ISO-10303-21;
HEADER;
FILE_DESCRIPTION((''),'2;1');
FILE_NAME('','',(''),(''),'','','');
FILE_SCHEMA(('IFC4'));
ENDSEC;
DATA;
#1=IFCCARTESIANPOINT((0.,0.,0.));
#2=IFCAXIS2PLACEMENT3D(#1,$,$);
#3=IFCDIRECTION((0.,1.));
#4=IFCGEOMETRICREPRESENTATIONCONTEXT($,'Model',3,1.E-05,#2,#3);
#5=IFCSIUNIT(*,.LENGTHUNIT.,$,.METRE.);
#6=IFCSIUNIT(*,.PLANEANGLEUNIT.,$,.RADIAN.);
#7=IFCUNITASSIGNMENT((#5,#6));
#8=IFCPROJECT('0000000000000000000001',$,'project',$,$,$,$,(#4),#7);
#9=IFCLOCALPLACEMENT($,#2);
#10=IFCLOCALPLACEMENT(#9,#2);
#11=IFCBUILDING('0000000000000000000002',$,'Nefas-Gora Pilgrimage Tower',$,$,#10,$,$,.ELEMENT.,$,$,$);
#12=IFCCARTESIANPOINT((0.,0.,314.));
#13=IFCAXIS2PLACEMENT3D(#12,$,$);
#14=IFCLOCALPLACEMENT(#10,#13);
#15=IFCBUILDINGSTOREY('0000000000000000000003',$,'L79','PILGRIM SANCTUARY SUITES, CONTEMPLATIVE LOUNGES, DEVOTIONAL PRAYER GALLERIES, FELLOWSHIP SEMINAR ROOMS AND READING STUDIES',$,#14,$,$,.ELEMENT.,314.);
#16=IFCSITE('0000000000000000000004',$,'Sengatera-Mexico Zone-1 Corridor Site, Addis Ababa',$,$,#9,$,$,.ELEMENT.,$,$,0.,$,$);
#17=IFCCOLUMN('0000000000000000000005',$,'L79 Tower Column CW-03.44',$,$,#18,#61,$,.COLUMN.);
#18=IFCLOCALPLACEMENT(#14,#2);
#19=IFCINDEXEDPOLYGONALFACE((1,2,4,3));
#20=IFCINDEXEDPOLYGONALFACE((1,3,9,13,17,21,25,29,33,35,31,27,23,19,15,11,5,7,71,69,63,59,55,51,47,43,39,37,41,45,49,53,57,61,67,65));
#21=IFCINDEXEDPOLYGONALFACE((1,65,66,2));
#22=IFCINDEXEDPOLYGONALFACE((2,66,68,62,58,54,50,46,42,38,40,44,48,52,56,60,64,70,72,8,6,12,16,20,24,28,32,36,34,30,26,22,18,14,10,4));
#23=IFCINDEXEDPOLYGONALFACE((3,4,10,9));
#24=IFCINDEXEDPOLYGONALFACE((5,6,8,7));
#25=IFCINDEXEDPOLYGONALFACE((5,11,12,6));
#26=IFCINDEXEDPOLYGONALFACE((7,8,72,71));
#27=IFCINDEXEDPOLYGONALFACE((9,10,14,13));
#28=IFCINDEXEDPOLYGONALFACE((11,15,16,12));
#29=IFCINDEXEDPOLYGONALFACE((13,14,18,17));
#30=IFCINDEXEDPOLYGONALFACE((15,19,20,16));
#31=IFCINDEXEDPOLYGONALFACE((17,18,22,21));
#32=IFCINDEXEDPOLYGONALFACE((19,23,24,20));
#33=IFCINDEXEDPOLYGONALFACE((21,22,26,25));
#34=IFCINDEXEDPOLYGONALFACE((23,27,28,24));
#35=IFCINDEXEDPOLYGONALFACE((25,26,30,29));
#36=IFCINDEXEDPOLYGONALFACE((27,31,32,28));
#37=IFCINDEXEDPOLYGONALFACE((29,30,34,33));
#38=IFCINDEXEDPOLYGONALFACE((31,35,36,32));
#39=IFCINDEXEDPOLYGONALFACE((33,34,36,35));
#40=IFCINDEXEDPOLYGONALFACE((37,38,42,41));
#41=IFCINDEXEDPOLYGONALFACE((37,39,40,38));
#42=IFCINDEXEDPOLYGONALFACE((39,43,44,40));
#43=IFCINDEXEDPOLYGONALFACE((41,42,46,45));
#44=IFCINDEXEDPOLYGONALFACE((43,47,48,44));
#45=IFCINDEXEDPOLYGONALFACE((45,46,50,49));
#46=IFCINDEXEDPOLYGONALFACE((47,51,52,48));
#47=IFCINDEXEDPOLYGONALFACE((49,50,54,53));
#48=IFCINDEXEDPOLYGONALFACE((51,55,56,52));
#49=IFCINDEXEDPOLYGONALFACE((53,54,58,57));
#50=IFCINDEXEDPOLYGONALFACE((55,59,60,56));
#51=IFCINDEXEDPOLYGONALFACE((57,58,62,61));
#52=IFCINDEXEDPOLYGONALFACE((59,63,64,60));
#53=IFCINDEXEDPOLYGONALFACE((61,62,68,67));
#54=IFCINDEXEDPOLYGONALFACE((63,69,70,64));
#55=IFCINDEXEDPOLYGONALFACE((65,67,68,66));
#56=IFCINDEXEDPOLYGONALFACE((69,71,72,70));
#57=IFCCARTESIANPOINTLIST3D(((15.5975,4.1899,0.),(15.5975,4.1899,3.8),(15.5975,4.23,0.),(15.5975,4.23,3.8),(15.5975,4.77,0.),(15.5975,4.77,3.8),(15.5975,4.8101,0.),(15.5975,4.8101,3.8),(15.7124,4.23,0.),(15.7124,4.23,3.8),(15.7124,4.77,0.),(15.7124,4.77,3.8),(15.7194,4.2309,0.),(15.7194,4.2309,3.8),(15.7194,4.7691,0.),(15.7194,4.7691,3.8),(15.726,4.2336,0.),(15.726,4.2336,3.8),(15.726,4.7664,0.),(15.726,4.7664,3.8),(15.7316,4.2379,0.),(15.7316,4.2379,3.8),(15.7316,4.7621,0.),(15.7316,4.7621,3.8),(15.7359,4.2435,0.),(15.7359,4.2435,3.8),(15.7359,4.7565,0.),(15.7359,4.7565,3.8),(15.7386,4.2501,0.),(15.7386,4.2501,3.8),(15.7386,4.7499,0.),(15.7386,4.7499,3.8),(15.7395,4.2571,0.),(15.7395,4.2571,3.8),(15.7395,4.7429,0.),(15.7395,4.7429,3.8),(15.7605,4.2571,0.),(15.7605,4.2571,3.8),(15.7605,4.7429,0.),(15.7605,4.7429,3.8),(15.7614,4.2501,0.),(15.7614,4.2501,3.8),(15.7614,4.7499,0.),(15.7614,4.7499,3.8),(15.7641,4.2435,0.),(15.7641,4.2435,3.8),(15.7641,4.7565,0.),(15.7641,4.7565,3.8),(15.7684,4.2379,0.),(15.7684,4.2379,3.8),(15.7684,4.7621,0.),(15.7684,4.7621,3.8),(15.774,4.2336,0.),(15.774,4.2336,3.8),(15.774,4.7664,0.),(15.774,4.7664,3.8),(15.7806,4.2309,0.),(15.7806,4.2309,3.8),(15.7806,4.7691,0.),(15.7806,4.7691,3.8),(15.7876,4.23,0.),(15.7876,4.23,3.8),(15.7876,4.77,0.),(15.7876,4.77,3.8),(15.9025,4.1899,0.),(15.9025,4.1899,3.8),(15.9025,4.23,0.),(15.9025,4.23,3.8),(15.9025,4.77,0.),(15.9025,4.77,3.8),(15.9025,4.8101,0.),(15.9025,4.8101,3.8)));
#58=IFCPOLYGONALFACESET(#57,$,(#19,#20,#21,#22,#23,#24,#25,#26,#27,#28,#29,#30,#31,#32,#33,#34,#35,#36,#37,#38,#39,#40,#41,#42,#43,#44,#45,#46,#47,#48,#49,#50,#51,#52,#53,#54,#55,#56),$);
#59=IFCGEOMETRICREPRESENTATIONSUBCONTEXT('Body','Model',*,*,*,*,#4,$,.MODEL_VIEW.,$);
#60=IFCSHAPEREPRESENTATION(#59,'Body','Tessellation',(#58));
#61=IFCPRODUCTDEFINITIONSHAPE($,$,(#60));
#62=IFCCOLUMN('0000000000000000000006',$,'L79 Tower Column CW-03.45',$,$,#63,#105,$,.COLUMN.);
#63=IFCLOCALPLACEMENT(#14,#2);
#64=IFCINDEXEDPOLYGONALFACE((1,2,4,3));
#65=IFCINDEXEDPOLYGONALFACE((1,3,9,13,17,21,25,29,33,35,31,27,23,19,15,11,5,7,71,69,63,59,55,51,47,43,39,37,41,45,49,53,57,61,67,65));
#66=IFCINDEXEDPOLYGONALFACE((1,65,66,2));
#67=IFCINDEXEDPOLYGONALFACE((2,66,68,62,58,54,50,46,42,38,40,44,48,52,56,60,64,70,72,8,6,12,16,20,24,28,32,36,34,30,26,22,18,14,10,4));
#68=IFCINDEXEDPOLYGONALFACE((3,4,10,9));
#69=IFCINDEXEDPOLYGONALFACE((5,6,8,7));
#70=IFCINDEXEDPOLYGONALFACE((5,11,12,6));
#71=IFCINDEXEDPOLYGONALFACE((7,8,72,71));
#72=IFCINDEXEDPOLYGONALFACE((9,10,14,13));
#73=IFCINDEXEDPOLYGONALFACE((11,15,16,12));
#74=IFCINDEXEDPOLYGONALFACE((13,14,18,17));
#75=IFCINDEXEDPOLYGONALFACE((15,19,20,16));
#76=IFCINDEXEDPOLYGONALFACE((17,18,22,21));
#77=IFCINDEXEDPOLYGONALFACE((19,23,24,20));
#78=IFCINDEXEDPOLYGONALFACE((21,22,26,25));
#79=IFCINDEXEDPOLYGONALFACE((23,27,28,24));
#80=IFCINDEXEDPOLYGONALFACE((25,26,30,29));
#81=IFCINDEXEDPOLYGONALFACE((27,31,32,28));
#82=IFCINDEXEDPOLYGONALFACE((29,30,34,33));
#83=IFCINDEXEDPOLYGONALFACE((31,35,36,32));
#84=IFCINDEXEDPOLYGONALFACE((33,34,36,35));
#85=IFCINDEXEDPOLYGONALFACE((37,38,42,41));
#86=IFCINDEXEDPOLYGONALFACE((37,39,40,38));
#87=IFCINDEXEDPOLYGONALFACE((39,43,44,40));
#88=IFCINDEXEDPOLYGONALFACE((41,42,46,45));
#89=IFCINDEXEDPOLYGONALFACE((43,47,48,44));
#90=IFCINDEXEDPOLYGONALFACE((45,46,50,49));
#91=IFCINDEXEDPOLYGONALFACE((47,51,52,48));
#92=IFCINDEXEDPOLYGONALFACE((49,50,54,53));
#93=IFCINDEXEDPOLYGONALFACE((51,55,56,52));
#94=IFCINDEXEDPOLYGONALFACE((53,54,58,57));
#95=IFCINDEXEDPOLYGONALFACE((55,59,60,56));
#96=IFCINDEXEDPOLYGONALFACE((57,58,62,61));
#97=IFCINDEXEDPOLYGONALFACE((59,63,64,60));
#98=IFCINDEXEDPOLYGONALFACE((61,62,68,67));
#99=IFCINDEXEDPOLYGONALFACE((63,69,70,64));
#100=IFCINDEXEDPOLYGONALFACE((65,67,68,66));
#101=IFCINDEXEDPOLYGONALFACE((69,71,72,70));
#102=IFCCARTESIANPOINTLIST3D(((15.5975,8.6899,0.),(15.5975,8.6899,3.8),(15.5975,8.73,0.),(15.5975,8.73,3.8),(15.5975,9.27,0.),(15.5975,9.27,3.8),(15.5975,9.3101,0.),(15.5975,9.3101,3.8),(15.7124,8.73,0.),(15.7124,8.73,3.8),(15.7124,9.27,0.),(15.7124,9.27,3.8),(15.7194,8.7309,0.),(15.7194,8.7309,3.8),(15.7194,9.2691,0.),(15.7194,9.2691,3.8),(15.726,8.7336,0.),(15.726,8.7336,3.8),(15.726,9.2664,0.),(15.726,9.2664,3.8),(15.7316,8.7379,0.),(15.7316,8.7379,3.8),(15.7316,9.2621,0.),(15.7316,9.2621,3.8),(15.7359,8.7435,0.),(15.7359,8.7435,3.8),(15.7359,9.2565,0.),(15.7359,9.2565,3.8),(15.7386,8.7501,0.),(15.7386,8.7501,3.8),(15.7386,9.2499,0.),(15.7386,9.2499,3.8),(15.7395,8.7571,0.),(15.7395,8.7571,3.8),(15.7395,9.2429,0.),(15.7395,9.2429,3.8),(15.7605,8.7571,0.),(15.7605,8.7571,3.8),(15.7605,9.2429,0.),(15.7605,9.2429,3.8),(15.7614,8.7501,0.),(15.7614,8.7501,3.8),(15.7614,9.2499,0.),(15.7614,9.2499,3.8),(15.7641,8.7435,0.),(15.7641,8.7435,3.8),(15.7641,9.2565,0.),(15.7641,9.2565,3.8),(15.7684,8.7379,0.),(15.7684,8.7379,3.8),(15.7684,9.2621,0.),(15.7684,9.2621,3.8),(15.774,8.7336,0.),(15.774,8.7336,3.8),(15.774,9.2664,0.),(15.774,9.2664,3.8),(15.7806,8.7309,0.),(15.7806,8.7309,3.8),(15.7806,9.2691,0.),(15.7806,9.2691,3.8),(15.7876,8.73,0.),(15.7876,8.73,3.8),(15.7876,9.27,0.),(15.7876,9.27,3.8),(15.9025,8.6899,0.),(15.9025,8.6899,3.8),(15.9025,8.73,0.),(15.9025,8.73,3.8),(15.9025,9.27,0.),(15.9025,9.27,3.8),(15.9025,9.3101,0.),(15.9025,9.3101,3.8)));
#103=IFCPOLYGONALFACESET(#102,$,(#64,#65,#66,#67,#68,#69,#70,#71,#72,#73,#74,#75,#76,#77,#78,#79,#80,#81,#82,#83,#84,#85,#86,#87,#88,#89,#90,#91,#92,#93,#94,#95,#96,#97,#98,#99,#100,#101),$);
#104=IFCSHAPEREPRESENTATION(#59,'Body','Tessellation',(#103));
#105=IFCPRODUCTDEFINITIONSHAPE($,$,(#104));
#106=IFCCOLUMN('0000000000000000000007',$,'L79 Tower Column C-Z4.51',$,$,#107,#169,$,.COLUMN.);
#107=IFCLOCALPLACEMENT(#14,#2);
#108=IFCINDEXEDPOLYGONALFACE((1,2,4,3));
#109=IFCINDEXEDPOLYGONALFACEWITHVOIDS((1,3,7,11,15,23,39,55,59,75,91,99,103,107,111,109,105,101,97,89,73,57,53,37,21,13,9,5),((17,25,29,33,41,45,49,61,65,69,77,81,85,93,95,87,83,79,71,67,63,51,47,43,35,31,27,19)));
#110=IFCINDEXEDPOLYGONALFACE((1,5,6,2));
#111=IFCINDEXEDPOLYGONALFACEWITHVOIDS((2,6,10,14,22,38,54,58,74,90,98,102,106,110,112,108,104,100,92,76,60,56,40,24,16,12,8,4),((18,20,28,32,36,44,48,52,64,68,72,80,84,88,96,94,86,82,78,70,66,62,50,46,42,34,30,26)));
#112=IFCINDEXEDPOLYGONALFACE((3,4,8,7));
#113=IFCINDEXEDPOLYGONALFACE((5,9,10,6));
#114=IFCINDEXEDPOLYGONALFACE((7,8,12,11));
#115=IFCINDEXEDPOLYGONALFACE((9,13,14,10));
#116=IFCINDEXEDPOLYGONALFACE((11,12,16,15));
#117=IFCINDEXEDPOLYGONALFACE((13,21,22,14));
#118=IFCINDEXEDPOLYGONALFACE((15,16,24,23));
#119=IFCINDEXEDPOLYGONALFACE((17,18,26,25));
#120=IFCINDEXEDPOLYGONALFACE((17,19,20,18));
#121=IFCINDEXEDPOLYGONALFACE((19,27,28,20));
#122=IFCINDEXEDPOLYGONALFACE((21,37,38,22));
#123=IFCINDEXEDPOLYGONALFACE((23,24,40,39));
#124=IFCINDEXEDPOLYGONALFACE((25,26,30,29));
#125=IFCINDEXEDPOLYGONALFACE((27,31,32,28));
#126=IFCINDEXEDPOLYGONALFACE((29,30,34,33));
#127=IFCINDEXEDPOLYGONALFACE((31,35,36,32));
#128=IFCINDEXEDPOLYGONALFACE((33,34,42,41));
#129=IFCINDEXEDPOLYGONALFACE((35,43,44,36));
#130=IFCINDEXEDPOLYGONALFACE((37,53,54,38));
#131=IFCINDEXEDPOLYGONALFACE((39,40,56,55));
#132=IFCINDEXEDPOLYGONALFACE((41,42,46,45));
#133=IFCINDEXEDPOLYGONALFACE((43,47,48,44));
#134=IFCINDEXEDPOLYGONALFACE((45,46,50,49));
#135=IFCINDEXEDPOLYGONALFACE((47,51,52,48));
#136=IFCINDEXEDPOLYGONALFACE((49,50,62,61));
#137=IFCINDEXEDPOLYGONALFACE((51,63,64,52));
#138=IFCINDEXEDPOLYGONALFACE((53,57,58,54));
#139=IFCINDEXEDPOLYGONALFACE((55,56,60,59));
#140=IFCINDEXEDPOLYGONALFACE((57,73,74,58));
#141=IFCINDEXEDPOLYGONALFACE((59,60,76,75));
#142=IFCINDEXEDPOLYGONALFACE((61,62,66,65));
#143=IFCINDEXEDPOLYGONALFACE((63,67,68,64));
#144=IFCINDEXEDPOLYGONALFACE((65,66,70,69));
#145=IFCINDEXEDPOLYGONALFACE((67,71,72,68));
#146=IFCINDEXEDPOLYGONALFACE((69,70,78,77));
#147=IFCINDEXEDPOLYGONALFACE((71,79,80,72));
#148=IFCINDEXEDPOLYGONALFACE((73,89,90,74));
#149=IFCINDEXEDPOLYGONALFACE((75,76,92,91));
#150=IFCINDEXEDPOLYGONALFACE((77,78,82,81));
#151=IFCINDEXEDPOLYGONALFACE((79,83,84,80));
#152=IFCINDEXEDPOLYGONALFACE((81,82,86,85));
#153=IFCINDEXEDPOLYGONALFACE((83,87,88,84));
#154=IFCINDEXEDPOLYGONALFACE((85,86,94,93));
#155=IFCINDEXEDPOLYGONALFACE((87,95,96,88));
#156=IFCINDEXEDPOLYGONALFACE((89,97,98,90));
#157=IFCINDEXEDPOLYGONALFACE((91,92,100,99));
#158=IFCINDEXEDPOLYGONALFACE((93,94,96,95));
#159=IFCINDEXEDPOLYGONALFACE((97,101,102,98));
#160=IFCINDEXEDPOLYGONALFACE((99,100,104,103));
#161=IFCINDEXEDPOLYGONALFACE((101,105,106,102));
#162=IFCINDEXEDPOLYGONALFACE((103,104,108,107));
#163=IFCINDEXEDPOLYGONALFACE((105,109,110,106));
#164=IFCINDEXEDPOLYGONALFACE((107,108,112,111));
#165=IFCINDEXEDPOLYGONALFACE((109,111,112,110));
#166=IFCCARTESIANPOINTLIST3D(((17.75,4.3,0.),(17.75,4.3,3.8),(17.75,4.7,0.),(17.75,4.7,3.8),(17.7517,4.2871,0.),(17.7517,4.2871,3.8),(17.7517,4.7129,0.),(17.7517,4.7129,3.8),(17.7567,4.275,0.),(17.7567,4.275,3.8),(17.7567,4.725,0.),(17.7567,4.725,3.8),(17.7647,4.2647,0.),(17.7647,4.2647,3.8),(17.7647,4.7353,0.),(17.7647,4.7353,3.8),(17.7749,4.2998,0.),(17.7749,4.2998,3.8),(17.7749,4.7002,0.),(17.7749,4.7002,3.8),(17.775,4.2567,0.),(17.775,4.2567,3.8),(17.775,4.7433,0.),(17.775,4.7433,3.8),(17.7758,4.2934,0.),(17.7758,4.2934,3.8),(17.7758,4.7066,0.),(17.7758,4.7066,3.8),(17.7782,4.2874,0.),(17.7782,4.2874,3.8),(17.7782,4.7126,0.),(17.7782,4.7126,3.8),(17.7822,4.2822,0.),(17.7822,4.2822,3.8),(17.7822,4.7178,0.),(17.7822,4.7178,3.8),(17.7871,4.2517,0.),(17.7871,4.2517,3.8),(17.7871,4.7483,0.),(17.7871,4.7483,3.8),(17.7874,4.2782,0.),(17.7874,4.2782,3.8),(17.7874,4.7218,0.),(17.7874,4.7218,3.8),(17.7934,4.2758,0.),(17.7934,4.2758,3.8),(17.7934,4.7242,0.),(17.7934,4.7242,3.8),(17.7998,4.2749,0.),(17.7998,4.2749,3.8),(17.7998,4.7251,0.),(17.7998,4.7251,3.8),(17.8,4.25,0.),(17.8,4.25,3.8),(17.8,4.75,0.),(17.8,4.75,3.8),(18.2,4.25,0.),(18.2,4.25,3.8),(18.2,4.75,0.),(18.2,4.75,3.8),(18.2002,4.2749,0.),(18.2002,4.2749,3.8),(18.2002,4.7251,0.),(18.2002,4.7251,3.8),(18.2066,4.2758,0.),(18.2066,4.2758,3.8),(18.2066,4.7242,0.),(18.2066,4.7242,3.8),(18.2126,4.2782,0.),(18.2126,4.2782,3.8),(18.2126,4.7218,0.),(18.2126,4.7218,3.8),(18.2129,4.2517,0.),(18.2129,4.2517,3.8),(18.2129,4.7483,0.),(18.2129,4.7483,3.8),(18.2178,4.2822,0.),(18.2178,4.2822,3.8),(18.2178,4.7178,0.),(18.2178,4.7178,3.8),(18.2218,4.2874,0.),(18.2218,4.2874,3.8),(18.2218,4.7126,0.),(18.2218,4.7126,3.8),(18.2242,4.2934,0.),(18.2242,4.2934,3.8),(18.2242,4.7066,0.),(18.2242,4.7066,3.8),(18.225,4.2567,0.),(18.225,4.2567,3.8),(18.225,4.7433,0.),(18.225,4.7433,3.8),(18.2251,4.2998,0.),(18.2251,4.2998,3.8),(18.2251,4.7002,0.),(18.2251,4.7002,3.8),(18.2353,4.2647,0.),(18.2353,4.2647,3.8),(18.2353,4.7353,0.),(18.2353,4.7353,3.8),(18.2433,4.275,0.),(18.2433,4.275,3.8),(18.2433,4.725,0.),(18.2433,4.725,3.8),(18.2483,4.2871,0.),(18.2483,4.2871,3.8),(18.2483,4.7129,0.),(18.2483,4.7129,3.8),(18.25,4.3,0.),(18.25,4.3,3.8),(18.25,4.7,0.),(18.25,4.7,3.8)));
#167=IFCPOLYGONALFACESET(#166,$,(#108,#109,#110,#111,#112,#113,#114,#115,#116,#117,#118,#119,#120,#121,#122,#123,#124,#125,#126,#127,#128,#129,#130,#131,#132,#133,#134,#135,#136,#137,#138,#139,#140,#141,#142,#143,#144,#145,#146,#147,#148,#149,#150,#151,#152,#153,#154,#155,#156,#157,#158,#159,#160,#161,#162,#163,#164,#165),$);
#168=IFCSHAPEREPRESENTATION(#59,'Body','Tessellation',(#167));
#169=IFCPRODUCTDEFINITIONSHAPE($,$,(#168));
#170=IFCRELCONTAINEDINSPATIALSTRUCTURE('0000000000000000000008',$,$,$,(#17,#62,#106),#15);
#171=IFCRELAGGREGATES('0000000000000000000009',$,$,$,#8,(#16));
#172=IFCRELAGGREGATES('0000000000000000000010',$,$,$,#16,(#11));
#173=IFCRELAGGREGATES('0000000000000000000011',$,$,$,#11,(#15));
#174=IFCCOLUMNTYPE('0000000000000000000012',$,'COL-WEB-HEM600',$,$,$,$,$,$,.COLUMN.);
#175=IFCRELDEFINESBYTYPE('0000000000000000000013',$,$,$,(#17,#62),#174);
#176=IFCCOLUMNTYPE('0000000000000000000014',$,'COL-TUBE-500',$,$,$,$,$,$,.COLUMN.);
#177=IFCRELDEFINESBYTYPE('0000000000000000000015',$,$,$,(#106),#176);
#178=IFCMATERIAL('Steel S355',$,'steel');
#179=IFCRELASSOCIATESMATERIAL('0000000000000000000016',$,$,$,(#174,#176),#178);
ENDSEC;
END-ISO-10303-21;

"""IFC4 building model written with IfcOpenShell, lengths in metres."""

from ifc_helpers import new_model, si_unit, direction, frame, origin, origin_2d, place, context, subcontext, project, spatial, hollow_rectangle, i_section, extrude, source, transform, mapped, material, material_profile, profile_set, type_object, element, save


model = new_model("IFC4")

# Units and contexts
model_context = context("Model", 3, precision=1e-05, world=origin(), true_north=direction((0.0, 1.0)))
body_context = subcontext(model_context, "Body", "Model", "MODEL_VIEW")
ifc_project = project(units=[si_unit("LENGTHUNIT", "METRE"), si_unit("PLANEANGLEUNIT", "RADIAN")], contexts=[model_context])

# Site, building, storey
site_placement = place(None, origin())
site = spatial("IfcSite", under=ifc_project, at=site_placement, Name="Sengatera-Mexico Zone-1 Corridor Site, Addis Ababa", CompositionType="ELEMENT", RefElevation=0.0)
building_placement = place(site_placement, origin())
building = spatial("IfcBuilding", under=site, at=building_placement, Name="Nefas-Gora Pilgrimage Tower", CompositionType="ELEMENT")
storey_placement = place(building_placement, frame((0.0, 0.0, 314.0)))
storey = spatial("IfcBuildingStorey", under=building, at=storey_placement, Name="L79", Description="PILGRIM SANCTUARY SUITES, CONTEMPLATIVE LOUNGES, DEVOTIONAL PRAYER GALLERIES, FELLOWSHIP SEMINAR ROOMS AND READING STUDIES", CompositionType="ELEMENT", Elevation=314.0)

# Columns
ifc_material_1 = material(Name="Steel S355", Category="steel")
ifc_material_profile_1 = material_profile(ifc_material_1, i_section(OverallWidth=0.3049, OverallDepth=0.6201, WebThickness=0.021, FlangeThickness=0.04, FilletRadius=0.0271, at=origin_2d()), Name="HEM 600")
ifc_profile_set_1 = profile_set([ifc_material_profile_1], Name="Steel S355")
column_type_1 = type_object("IfcColumnType", Name="COL-WEB-HEM600", PredefinedType="COLUMN", material=ifc_profile_set_1)
shared_shape_1 = source(origin(), body_context, "Body", "SweptSolid", [
    extrude(i_section(OverallWidth=0.3049, OverallDepth=0.6201, WebThickness=0.021, FlangeThickness=0.04, FilletRadius=0.0271, at=origin_2d()), origin(), (0.0, 0.0, 1.0), 3.8),
])
for number, where, z_axis, x_axis, name in (
    (1, (15.75, 4.5, 0.0), (0.0, 0.0, 1.0), (1.0, 0.0, 0.0), "L79 Tower Column CW-03.44"),
    (2, (15.75, 9.0, 0.0), (0.0, 0.0, 1.0), (1.0, 0.0, 0.0), "L79 Tower Column CW-03.45"),
):
    element("IfcColumn", number, at=place(storey_placement, frame(where, z_axis=z_axis, x_axis=x_axis)), inside=storey, type_object=column_type_1, Name=name, PredefinedType="COLUMN", context=body_context, shape_type="MappedRepresentation", body=[
        mapped(shared_shape_1, transform((0.0, 0.0, 0.0), x_axis=(1.0, 0.0, 0.0), y_axis=(0.0, 1.0, 0.0), z_axis=(0.0, 0.0, 1.0), scale=1.0)),
    ])
ifc_material_profile_2 = material_profile(ifc_material_1, hollow_rectangle(XDim=0.5, YDim=0.5, WallThickness=0.0249, InnerFilletRadius=0.0249, OuterFilletRadius=0.05, at=origin_2d()), Name="SHS 500x500x25")
ifc_profile_set_2 = profile_set([ifc_material_profile_2], Name="Steel S355")
column_type_2 = type_object("IfcColumnType", Name="COL-TUBE-500", PredefinedType="COLUMN", material=ifc_profile_set_2)
shared_shape_2 = source(origin(), body_context, "Body", "SweptSolid", [
    extrude(hollow_rectangle(XDim=0.5, YDim=0.5, WallThickness=0.0249, InnerFilletRadius=0.0249, OuterFilletRadius=0.05, at=origin_2d()), origin(), (0.0, 0.0, 1.0), 3.8),
])
for number, where, z_axis, x_axis, name in (
    (3, (18.0, 4.5, 0.0), (0.0, 0.0, 1.0), (1.0, 0.0, 0.0), "L79 Tower Column C-Z4.51"),
):
    element("IfcColumn", number, at=place(storey_placement, frame(where, z_axis=z_axis, x_axis=x_axis)), inside=storey, type_object=column_type_2, Name=name, PredefinedType="COLUMN", context=body_context, shape_type="MappedRepresentation", body=[
        mapped(shared_shape_2, transform((0.0, 0.0, 0.0), x_axis=(1.0, 0.0, 0.0), y_axis=(0.0, 1.0, 0.0), z_axis=(0.0, 0.0, 1.0), scale=1.0)),
    ])

save(model, "model.ifc")
